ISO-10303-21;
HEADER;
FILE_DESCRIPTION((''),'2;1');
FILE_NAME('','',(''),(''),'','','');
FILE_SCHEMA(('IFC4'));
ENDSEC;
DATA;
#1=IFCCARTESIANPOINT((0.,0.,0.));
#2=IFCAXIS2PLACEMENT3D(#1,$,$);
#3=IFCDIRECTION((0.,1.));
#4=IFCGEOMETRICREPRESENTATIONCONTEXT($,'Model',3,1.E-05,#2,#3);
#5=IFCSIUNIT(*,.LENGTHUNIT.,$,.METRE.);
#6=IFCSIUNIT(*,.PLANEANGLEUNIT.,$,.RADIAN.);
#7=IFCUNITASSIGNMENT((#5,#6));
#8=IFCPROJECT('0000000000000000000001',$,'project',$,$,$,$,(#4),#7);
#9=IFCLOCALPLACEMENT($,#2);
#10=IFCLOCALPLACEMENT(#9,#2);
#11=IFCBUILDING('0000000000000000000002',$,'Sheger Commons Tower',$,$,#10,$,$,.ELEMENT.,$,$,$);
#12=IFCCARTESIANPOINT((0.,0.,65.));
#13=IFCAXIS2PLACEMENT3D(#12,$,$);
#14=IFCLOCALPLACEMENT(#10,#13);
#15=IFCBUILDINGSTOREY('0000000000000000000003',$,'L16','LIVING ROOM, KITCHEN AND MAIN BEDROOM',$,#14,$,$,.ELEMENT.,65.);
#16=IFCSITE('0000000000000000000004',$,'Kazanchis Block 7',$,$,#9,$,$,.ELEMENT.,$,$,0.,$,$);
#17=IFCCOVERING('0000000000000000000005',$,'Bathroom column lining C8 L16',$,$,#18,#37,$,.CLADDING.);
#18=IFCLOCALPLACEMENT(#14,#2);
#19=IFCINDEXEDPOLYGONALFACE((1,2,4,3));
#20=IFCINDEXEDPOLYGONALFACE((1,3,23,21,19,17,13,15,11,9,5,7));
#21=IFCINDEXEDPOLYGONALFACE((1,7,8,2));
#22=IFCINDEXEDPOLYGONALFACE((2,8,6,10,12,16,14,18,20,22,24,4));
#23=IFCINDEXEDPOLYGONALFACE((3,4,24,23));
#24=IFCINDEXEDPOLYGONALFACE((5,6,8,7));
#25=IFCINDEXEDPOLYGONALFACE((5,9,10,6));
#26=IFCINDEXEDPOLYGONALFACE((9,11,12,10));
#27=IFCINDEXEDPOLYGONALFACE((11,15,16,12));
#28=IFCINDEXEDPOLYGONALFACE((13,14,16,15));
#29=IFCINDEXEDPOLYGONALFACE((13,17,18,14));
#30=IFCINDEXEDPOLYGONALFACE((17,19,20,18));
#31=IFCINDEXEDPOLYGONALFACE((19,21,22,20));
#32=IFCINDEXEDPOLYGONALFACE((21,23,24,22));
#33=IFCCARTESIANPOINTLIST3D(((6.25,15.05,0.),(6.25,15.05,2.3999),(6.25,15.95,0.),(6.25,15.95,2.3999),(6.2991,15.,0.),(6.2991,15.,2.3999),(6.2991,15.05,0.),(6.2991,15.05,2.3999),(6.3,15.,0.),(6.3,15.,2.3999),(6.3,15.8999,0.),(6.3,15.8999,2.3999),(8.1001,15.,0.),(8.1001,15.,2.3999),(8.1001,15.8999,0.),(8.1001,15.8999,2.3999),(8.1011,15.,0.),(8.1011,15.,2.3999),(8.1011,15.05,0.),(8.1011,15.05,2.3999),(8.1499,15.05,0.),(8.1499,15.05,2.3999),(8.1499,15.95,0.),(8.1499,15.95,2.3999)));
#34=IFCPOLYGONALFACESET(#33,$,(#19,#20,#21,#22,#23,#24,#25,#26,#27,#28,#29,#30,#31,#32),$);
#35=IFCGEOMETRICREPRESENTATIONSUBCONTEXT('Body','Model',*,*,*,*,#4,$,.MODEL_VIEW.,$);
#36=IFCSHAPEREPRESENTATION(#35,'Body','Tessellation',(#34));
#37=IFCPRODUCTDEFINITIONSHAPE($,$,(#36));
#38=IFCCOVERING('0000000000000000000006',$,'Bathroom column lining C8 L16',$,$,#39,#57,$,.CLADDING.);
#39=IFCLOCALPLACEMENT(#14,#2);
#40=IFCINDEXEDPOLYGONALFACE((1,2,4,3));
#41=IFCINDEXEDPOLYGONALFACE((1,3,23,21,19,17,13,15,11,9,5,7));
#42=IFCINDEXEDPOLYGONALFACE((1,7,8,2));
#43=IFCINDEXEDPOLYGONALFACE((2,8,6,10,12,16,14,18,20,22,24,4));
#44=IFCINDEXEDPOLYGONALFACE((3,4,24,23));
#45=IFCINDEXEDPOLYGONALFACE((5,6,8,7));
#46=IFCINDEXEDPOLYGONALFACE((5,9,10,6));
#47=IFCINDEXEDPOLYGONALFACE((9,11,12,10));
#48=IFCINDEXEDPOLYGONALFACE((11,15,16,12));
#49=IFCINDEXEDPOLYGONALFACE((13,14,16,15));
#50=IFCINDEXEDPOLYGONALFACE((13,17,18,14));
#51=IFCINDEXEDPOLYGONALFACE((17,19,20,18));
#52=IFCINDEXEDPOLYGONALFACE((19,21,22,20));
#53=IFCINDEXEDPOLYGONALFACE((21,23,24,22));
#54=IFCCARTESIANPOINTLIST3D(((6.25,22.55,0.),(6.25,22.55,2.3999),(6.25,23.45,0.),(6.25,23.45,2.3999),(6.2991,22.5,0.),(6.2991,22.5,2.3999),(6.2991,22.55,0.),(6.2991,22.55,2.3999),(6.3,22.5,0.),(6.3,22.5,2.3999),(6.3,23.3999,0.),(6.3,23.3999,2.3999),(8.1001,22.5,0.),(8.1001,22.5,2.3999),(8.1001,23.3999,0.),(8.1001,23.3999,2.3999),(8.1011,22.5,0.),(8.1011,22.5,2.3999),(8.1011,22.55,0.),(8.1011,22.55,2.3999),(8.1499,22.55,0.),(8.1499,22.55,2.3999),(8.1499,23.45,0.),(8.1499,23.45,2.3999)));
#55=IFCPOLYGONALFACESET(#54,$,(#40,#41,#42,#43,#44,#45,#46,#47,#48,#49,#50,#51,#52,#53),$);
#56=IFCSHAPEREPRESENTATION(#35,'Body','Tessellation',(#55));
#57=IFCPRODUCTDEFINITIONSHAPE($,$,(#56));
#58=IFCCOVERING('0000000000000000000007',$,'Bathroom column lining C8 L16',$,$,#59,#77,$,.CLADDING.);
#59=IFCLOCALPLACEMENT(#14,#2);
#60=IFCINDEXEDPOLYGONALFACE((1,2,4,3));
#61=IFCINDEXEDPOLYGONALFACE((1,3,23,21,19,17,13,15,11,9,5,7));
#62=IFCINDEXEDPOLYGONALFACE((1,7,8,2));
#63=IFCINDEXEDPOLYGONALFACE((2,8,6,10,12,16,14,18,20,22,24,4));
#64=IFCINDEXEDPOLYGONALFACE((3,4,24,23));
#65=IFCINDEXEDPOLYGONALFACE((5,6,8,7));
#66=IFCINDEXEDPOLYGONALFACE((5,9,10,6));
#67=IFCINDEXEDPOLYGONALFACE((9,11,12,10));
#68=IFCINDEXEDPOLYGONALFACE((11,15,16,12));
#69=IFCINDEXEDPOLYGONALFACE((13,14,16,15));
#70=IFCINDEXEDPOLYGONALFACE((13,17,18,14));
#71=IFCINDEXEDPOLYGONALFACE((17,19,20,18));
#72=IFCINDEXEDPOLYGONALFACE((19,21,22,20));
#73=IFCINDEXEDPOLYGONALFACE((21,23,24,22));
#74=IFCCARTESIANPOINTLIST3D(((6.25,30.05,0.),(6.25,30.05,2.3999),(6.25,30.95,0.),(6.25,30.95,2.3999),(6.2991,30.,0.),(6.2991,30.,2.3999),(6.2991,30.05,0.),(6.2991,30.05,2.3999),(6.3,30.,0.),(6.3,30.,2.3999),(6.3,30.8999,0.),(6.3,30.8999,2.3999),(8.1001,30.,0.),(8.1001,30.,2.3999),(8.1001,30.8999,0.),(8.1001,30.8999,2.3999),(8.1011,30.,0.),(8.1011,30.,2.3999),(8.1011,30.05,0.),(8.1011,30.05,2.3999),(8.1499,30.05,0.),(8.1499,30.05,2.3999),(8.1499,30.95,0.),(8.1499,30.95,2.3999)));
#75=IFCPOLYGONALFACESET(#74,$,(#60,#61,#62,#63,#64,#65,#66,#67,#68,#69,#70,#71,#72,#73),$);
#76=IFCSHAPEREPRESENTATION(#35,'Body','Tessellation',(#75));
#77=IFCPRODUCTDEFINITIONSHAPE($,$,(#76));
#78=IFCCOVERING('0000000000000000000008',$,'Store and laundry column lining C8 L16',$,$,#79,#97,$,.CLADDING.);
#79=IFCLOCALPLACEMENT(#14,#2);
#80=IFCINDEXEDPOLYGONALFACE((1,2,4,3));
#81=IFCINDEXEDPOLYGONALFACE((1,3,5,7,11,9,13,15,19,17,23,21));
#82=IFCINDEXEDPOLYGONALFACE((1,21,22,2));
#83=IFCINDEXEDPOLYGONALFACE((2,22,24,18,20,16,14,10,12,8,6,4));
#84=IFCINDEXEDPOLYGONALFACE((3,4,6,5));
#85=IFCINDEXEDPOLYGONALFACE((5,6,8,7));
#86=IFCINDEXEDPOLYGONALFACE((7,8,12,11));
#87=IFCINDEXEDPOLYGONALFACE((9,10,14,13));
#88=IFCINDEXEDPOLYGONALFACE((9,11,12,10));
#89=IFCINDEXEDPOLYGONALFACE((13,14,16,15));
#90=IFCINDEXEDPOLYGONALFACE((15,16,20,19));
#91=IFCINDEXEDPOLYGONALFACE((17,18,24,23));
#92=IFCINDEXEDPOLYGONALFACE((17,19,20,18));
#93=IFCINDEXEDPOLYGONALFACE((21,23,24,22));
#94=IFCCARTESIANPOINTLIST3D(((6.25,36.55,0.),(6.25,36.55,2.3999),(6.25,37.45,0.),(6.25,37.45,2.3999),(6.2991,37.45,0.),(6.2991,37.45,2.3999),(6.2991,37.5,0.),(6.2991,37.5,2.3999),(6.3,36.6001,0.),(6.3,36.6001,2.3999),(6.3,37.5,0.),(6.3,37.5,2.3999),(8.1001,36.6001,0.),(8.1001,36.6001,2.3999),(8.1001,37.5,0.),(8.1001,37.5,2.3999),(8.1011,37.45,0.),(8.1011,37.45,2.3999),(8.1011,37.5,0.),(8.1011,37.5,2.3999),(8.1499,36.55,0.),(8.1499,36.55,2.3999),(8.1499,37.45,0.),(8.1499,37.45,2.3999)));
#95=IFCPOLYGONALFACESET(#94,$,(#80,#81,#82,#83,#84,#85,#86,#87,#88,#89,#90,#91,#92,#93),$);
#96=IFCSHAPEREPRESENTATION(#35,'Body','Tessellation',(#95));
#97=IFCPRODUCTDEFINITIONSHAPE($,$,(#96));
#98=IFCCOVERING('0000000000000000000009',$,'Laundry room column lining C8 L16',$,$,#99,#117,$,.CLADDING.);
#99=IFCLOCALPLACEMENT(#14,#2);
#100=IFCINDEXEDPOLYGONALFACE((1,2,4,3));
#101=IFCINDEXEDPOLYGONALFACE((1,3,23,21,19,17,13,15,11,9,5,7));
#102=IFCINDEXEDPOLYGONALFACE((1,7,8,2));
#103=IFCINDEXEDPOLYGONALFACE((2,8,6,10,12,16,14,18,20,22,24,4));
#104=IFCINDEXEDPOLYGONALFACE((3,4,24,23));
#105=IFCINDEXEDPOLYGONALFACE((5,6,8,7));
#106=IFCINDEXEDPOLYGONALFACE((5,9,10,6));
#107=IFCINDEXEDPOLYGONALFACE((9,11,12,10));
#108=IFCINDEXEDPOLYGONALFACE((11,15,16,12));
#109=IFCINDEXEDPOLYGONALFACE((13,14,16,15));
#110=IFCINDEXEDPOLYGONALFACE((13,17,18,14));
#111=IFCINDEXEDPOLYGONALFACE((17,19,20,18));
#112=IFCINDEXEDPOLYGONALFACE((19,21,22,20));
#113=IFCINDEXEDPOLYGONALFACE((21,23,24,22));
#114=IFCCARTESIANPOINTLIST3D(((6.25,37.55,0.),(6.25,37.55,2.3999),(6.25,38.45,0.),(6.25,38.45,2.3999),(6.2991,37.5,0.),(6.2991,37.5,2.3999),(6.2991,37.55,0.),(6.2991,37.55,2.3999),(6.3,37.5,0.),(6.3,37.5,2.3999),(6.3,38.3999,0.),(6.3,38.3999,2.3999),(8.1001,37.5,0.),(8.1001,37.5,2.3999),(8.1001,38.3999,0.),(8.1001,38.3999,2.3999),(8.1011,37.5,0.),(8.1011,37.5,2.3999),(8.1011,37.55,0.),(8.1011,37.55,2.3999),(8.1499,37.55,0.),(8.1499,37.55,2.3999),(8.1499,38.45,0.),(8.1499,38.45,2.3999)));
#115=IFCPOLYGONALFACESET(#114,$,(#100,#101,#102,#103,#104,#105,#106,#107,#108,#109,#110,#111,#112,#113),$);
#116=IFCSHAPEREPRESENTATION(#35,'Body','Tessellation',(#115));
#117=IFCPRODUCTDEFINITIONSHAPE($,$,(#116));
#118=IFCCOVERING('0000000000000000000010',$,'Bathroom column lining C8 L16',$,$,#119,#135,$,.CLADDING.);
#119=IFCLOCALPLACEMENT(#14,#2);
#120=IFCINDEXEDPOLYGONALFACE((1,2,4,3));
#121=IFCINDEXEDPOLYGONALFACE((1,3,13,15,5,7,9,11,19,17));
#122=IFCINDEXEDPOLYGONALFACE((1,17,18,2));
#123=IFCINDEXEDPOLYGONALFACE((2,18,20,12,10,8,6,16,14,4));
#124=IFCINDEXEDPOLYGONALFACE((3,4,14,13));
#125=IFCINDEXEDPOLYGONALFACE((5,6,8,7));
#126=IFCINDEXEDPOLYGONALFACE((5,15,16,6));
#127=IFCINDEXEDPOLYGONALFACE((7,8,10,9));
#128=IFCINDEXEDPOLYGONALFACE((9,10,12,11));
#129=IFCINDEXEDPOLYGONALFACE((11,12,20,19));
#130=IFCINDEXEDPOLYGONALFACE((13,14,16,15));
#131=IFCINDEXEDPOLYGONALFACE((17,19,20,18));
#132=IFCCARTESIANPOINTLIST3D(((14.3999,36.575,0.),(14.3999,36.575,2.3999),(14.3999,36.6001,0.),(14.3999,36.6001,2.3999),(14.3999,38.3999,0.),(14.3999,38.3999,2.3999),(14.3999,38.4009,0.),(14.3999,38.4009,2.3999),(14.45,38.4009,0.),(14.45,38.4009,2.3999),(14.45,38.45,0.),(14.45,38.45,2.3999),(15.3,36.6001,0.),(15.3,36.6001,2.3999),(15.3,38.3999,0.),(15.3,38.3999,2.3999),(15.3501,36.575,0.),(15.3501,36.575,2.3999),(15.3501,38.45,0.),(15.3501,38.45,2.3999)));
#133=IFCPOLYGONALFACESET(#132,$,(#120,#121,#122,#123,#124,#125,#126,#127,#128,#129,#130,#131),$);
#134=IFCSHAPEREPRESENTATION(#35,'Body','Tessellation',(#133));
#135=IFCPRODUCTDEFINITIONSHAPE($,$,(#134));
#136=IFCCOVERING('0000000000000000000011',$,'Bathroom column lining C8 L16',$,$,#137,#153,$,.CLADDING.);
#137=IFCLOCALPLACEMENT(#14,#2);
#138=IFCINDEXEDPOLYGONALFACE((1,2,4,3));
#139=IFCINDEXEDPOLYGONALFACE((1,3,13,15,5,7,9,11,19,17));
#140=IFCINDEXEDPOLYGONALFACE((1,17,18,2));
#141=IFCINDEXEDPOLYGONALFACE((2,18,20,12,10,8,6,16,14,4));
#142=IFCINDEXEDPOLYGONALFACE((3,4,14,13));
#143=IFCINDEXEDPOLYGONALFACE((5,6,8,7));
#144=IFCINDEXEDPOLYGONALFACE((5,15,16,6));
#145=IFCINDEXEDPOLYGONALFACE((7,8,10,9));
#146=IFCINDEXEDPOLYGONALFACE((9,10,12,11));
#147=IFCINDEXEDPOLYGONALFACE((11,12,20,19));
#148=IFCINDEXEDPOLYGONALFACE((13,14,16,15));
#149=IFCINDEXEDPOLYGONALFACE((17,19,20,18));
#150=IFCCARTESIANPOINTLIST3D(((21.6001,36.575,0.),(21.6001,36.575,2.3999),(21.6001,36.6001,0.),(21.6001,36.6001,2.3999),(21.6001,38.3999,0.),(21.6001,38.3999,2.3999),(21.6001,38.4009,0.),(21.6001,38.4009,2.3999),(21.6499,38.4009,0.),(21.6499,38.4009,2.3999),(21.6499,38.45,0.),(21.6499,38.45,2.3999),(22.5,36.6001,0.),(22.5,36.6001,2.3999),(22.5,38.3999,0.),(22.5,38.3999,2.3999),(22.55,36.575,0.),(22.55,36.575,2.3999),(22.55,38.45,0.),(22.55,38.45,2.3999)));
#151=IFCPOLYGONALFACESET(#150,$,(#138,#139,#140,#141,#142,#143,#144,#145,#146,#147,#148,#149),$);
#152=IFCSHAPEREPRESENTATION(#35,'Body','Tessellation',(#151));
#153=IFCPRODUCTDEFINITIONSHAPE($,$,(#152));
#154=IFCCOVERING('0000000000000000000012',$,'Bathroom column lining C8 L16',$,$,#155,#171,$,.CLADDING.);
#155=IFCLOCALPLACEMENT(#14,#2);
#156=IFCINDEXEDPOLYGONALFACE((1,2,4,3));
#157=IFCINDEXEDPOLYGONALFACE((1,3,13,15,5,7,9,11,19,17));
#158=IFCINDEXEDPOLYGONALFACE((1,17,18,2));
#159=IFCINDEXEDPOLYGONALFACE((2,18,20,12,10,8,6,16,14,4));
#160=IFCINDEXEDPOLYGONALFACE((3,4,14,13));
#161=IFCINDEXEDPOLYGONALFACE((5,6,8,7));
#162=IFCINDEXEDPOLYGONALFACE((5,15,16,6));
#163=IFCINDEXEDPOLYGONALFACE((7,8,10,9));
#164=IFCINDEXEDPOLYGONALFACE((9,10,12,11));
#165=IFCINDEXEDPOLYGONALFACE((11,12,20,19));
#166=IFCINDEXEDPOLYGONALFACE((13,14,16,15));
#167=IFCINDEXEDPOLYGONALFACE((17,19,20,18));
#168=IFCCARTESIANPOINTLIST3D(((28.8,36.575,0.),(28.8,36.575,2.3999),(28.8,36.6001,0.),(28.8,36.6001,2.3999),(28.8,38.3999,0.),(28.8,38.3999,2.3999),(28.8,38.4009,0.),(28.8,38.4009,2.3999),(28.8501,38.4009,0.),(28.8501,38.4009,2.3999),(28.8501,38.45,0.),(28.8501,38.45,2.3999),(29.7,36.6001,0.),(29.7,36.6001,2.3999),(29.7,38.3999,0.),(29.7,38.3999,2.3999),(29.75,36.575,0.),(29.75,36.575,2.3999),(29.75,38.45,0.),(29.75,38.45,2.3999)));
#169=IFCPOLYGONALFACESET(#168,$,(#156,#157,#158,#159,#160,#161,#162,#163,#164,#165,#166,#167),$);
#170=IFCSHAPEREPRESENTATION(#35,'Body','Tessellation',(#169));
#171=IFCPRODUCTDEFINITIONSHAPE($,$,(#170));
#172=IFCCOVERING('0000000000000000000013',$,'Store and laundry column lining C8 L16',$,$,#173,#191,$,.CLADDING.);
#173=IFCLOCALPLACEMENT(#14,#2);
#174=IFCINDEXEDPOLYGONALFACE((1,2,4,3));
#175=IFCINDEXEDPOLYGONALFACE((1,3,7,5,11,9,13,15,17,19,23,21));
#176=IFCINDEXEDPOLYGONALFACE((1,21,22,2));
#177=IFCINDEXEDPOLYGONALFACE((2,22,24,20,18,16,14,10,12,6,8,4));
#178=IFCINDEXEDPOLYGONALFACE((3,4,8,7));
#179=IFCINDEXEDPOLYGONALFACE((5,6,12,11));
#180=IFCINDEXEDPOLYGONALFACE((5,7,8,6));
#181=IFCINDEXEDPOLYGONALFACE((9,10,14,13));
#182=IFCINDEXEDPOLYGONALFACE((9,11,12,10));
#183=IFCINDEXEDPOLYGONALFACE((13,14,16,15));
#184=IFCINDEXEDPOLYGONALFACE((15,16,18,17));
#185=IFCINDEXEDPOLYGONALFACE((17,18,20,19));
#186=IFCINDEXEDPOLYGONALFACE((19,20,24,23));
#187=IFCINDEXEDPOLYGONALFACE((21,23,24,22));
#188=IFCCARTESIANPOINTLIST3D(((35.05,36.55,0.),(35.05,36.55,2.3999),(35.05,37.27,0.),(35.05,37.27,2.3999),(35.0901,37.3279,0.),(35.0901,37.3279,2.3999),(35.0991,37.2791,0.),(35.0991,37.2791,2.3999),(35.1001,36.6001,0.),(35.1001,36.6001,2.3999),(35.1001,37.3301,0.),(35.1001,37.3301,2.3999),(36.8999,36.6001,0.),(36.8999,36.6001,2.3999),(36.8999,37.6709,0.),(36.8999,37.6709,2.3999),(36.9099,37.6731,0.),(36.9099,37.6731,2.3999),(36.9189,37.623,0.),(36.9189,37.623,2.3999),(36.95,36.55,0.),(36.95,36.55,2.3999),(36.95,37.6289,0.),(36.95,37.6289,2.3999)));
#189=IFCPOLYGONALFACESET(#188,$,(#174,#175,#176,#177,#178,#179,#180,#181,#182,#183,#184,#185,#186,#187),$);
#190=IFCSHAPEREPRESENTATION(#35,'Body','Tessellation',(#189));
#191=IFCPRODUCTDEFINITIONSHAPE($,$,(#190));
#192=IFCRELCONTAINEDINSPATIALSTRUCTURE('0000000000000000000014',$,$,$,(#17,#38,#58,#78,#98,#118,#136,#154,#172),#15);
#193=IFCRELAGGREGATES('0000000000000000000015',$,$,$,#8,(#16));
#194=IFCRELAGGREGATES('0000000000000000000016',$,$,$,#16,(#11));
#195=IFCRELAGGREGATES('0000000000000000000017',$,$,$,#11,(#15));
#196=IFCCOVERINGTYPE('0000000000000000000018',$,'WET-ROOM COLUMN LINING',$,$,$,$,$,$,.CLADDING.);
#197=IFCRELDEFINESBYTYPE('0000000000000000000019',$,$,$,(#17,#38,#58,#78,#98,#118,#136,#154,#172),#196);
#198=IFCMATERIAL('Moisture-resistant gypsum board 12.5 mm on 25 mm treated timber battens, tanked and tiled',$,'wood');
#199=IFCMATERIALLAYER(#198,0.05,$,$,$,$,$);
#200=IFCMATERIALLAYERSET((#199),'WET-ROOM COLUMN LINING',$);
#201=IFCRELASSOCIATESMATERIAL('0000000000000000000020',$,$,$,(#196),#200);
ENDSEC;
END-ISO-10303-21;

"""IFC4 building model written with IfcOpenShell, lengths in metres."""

from ifc_helpers import new_model, si_unit, direction, frame, origin, place, context, subcontext, project, spatial, polyline, outline, extrude, material, layer, layer_set, type_object, element, save


model = new_model("IFC4")

# Units and contexts
model_context = context("Model", 3, precision=1e-05, world=origin(), true_north=direction((0.0, 1.0)))
body_context = subcontext(model_context, "Body", "Model", "MODEL_VIEW")
ifc_project = project(units=[si_unit("LENGTHUNIT", "METRE"), si_unit("PLANEANGLEUNIT", "RADIAN")], contexts=[model_context])

# Site, building, storey
site_placement = place(None, origin())
site = spatial("IfcSite", under=ifc_project, at=site_placement, Name="Kazanchis Block 7", CompositionType="ELEMENT", RefElevation=0.0)
building_placement = place(site_placement, origin())
building = spatial("IfcBuilding", under=site, at=building_placement, Name="Sheger Commons Tower", CompositionType="ELEMENT")
storey_placement = place(building_placement, frame((0.0, 0.0, 65.0)))
storey = spatial("IfcBuildingStorey", under=building, at=storey_placement, Name="L16", Description="LIVING ROOM, KITCHEN AND MAIN BEDROOM", CompositionType="ELEMENT", Elevation=65.0)

# Coverings
ifc_material_1 = material(Name="Moisture-resistant gypsum board 12.5 mm on 25 mm treated timber battens, tanked and tiled", Category="wood")
ifc_layer_1 = layer(ifc_material_1, 0.05)
ifc_layer_set_1 = layer_set([ifc_layer_1], Name="WET-ROOM COLUMN LINING")
covering_type_1 = type_object("IfcCoveringType", Name="WET-ROOM COLUMN LINING", PredefinedType="CLADDING", material=ifc_layer_set_1)
covering_1_placement = place(storey_placement, origin())
element("IfcCovering", 1, at=covering_1_placement, inside=storey, type_object=covering_type_1, Name="Bathroom column lining C8 L16", PredefinedType="CLADDING", context=body_context, shape_type="SweptSolid", body=[
    extrude(outline(polyline([(8.1499, 15.95), (8.1499, 15.05), (8.1011, 15.05), (8.1011, 15.0), (8.1001, 15.0), (8.1001, 15.8999), (6.3, 15.8999), (6.3, 15.0), (6.2991, 15.0), (6.2991, 15.05), (6.25, 15.05), (6.25, 15.95), (8.1499, 15.95)])), origin(), (0.0, 0.0, 1.0), 2.3999),
])
covering_2_placement = place(storey_placement, origin())
element("IfcCovering", 2, at=covering_2_placement, inside=storey, type_object=covering_type_1, Name="Bathroom column lining C8 L16", PredefinedType="CLADDING", context=body_context, shape_type="SweptSolid", body=[
    extrude(outline(polyline([(8.1499, 23.45), (8.1499, 22.55), (8.1011, 22.55), (8.1011, 22.5), (8.1001, 22.5), (8.1001, 23.3999), (6.3, 23.3999), (6.3, 22.5), (6.2991, 22.5), (6.2991, 22.55), (6.25, 22.55), (6.25, 23.45), (8.1499, 23.45)])), origin(), (0.0, 0.0, 1.0), 2.3999),
])
covering_3_placement = place(storey_placement, origin())
element("IfcCovering", 3, at=covering_3_placement, inside=storey, type_object=covering_type_1, Name="Bathroom column lining C8 L16", PredefinedType="CLADDING", context=body_context, shape_type="SweptSolid", body=[
    extrude(outline(polyline([(8.1499, 30.95), (8.1499, 30.05), (8.1011, 30.05), (8.1011, 30.0), (8.1001, 30.0), (8.1001, 30.8999), (6.3, 30.8999), (6.3, 30.0), (6.2991, 30.0), (6.2991, 30.05), (6.25, 30.05), (6.25, 30.95), (8.1499, 30.95)])), origin(), (0.0, 0.0, 1.0), 2.3999),
])
covering_4_placement = place(storey_placement, origin())
element("IfcCovering", 4, at=covering_4_placement, inside=storey, type_object=covering_type_1, Name="Store and laundry column lining C8 L16", PredefinedType="CLADDING", context=body_context, shape_type="SweptSolid", body=[
    extrude(outline(polyline([(6.3, 37.5), (6.3, 36.6001), (8.1001, 36.6001), (8.1001, 37.5), (8.1011, 37.5), (8.1011, 37.45), (8.1499, 37.45), (8.1499, 36.55), (6.25, 36.55), (6.25, 37.45), (6.2991, 37.45), (6.2991, 37.5), (6.3, 37.5)])), origin(), (0.0, 0.0, 1.0), 2.3999),
])
covering_5_placement = place(storey_placement, origin())
element("IfcCovering", 5, at=covering_5_placement, inside=storey, type_object=covering_type_1, Name="Laundry room column lining C8 L16", PredefinedType="CLADDING", context=body_context, shape_type="SweptSolid", body=[
    extrude(outline(polyline([(8.1499, 38.45), (8.1499, 37.55), (8.1011, 37.55), (8.1011, 37.5), (8.1001, 37.5), (8.1001, 38.3999), (6.3, 38.3999), (6.3, 37.5), (6.2991, 37.5), (6.2991, 37.55), (6.25, 37.55), (6.25, 38.45), (8.1499, 38.45)])), origin(), (0.0, 0.0, 1.0), 2.3999),
])
covering_6_placement = place(storey_placement, origin())
element("IfcCovering", 6, at=covering_6_placement, inside=storey, type_object=covering_type_1, Name="Bathroom column lining C8 L16", PredefinedType="CLADDING", context=body_context, shape_type="SweptSolid", body=[
    extrude(outline(polyline([(15.3501, 36.575), (14.3999, 36.575), (14.3999, 36.6001), (15.3, 36.6001), (15.3, 38.3999), (14.3999, 38.3999), (14.3999, 38.4009), (14.45, 38.4009), (14.45, 38.45), (15.3501, 38.45), (15.3501, 36.575)])), origin(), (0.0, 0.0, 1.0), 2.3999),
])
covering_7_placement = place(storey_placement, origin())
element("IfcCovering", 7, at=covering_7_placement, inside=storey, type_object=covering_type_1, Name="Bathroom column lining C8 L16", PredefinedType="CLADDING", context=body_context, shape_type="SweptSolid", body=[
    extrude(outline(polyline([(22.55, 36.575), (21.6001, 36.575), (21.6001, 36.6001), (22.5, 36.6001), (22.5, 38.3999), (21.6001, 38.3999), (21.6001, 38.4009), (21.6499, 38.4009), (21.6499, 38.45), (22.55, 38.45), (22.55, 36.575)])), origin(), (0.0, 0.0, 1.0), 2.3999),
])
covering_8_placement = place(storey_placement, origin())
element("IfcCovering", 8, at=covering_8_placement, inside=storey, type_object=covering_type_1, Name="Bathroom column lining C8 L16", PredefinedType="CLADDING", context=body_context, shape_type="SweptSolid", body=[
    extrude(outline(polyline([(29.75, 36.575), (28.8, 36.575), (28.8, 36.6001), (29.7, 36.6001), (29.7, 38.3999), (28.8, 38.3999), (28.8, 38.4009), (28.8501, 38.4009), (28.8501, 38.45), (29.75, 38.45), (29.75, 36.575)])), origin(), (0.0, 0.0, 1.0), 2.3999),
])
covering_9_placement = place(storey_placement, origin())
element("IfcCovering", 9, at=covering_9_placement, inside=storey, type_object=covering_type_1, Name="Store and laundry column lining C8 L16", PredefinedType="CLADDING", context=body_context, shape_type="SweptSolid", body=[
    extrude(outline(polyline([(35.1001, 37.3301), (35.1001, 36.6001), (36.8999, 36.6001), (36.8999, 37.6709), (36.9099, 37.6731), (36.9189, 37.623), (36.95, 37.6289), (36.95, 36.55), (35.05, 36.55), (35.05, 37.27), (35.0991, 37.2791), (35.0901, 37.3279), (35.1001, 37.3301)])), origin(), (0.0, 0.0, 1.0), 2.3999),
])

save(model, "model.ifc")
